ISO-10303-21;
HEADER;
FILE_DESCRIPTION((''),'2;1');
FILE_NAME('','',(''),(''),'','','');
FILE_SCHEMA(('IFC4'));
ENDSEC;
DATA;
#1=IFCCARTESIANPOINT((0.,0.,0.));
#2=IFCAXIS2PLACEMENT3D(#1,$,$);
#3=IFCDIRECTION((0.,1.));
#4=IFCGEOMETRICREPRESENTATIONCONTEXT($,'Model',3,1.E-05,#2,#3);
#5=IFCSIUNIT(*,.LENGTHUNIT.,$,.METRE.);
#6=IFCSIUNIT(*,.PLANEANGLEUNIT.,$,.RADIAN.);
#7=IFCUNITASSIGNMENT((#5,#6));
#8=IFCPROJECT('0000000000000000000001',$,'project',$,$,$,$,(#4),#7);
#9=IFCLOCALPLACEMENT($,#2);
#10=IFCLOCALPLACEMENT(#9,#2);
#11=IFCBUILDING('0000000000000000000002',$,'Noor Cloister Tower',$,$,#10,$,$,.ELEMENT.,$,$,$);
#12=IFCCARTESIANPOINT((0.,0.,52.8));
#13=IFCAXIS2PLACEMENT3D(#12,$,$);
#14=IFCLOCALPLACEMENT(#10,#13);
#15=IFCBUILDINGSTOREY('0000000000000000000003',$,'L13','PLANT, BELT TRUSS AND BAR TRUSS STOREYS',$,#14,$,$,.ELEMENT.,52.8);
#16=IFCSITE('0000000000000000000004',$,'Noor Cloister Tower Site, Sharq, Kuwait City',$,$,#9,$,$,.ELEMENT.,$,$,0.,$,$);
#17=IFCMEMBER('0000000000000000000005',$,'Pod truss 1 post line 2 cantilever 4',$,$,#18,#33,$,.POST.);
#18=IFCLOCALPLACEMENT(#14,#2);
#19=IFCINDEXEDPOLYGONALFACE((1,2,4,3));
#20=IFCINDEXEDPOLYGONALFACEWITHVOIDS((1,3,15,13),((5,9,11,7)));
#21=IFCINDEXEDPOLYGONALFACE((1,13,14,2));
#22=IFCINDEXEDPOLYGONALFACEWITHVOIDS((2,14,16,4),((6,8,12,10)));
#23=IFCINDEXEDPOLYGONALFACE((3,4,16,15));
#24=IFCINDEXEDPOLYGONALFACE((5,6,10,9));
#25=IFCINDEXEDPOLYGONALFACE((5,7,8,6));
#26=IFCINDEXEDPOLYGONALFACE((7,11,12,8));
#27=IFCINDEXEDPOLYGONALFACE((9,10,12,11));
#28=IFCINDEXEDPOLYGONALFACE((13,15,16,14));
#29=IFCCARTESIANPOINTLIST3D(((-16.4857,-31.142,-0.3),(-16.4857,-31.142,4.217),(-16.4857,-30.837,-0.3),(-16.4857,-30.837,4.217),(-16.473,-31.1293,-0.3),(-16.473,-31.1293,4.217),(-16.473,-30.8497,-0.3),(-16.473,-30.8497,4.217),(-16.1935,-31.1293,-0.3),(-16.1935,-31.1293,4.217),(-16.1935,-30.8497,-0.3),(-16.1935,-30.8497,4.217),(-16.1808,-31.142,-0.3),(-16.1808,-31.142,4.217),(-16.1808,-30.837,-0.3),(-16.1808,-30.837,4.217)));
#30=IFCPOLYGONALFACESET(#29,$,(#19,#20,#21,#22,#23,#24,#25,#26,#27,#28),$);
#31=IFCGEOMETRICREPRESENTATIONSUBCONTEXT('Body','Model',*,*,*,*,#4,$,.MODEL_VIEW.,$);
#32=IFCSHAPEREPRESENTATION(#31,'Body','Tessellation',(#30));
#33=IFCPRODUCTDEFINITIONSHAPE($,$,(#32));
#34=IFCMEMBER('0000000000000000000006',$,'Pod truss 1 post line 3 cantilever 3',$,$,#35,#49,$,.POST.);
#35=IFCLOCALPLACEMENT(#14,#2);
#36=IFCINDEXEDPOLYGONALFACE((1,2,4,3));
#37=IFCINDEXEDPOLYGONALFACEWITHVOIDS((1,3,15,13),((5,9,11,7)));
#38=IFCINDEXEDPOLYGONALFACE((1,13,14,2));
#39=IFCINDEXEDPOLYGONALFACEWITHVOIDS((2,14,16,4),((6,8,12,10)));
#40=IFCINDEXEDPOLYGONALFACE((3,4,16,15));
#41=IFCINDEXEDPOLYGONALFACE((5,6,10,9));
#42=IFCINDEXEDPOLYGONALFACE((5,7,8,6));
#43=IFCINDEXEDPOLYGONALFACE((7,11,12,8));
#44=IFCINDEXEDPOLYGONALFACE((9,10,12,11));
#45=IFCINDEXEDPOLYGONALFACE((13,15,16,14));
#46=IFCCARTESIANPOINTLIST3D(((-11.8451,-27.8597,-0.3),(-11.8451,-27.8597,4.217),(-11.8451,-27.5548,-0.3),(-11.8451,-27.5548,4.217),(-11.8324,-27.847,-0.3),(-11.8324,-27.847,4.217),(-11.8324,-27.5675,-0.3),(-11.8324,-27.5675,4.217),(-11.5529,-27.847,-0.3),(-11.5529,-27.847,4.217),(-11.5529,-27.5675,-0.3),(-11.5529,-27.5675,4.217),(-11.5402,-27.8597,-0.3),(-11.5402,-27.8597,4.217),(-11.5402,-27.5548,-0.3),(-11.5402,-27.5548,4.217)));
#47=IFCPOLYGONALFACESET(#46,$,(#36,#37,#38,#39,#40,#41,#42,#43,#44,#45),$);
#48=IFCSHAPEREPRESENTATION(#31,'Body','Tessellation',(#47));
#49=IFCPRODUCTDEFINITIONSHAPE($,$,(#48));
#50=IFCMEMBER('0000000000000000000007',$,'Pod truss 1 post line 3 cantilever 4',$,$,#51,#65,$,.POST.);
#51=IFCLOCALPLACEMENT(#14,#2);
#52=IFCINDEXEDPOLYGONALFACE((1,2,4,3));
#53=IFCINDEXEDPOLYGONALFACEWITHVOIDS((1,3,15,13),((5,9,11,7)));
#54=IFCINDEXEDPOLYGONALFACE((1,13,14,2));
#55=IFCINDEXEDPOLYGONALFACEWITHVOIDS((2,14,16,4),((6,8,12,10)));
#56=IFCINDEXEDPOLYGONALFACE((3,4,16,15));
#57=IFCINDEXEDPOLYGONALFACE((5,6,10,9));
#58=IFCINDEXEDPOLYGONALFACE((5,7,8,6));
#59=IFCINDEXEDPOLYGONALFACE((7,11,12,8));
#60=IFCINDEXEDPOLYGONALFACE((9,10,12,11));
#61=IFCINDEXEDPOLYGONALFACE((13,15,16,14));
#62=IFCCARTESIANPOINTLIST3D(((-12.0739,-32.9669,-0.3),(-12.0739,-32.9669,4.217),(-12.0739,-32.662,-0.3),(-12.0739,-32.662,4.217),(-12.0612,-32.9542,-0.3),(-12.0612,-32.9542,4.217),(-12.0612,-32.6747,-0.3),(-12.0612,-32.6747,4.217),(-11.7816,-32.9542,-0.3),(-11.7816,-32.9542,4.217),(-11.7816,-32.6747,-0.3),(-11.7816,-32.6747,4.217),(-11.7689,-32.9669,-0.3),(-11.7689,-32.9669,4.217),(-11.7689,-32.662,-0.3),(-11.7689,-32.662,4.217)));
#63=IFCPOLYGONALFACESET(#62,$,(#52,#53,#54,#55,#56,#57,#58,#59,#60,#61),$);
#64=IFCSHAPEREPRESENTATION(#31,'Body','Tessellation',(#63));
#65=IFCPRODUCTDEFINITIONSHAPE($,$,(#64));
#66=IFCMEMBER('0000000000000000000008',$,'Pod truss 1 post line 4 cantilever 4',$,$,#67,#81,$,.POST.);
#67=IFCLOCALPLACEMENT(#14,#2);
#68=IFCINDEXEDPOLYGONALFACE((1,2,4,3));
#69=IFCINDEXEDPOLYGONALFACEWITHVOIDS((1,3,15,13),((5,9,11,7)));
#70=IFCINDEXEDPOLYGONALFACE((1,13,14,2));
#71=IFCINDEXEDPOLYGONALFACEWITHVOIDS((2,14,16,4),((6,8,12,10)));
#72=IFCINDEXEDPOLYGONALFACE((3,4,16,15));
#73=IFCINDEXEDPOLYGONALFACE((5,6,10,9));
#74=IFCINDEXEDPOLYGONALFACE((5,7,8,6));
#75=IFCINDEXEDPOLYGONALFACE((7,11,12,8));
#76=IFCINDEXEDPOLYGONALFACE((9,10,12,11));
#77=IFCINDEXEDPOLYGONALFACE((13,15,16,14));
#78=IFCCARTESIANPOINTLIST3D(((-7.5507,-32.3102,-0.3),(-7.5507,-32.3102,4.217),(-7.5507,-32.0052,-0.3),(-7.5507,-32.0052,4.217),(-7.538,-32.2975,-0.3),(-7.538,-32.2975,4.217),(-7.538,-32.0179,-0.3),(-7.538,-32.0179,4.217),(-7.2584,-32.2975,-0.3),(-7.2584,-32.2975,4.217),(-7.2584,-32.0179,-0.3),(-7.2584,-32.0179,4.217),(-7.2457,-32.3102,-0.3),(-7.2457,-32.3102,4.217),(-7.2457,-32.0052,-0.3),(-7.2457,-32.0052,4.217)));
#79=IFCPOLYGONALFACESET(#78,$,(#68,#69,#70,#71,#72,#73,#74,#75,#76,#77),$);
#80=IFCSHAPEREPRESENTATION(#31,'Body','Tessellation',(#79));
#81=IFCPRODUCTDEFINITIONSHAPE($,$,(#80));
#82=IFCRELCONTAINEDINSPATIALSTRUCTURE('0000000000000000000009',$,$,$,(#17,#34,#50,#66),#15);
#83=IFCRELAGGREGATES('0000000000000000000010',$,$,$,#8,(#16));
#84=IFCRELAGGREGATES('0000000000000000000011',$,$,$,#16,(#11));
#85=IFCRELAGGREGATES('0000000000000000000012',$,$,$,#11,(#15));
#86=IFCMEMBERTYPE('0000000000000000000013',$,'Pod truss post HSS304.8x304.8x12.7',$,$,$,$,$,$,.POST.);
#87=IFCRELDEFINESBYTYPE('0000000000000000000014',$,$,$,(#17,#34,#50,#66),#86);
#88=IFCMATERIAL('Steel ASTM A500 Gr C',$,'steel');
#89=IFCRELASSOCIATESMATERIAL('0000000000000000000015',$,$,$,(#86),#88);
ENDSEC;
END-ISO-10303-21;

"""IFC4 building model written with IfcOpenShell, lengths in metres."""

from ifc_helpers import new_model, si_unit, direction, frame, origin, origin_2d, place, context, subcontext, project, spatial, hollow_rectangle, extrude, material, material_profile, profile_set, type_object, element, save


model = new_model("IFC4")

# Units and contexts
model_context = context("Model", 3, precision=1e-05, world=origin(), true_north=direction((0.0, 1.0)))
body_context = subcontext(model_context, "Body", "Model", "MODEL_VIEW")
ifc_project = project(units=[si_unit("LENGTHUNIT", "METRE"), si_unit("PLANEANGLEUNIT", "RADIAN")], contexts=[model_context])

# Site, building, storey
site_placement = place(None, origin())
site = spatial("IfcSite", under=ifc_project, at=site_placement, Name="Noor Cloister Tower Site, Sharq, Kuwait City", CompositionType="ELEMENT", RefElevation=0.0)
building_placement = place(site_placement, origin())
building = spatial("IfcBuilding", under=site, at=building_placement, Name="Noor Cloister Tower", CompositionType="ELEMENT")
storey_placement = place(building_placement, frame((0.0, 0.0, 52.8)))
storey = spatial("IfcBuildingStorey", under=building, at=storey_placement, Name="L13", Description="PLANT, BELT TRUSS AND BAR TRUSS STOREYS", CompositionType="ELEMENT", Elevation=52.8)

# Members
ifc_material_1 = material(Name="Steel ASTM A500 Gr C", Category="steel")
ifc_material_profile_1 = material_profile(ifc_material_1, hollow_rectangle(XDim=0.3049, YDim=0.3049, WallThickness=0.0127, at=origin_2d()), Name="HSS304.8x304.8x12.7")
ifc_profile_set_1 = profile_set([ifc_material_profile_1], Name="Steel ASTM A500 Gr C")
member_type_1 = type_object("IfcMemberType", Name="Pod truss post HSS304.8x304.8x12.7", PredefinedType="POST", material=ifc_profile_set_1)
for number, where, z_axis, x_axis, name in (
    (1, (-16.3333, -30.9895, -0.3), (0.0, 0.0, 1.0), (1.0, 0.0, 0.0), "Pod truss 1 post line 2 cantilever 4"),
    (2, (-11.6926, -27.7073, -0.3), (0.0, 0.0, 1.0), (1.0, 0.0, 0.0), "Pod truss 1 post line 3 cantilever 3"),
    (3, (-11.9214, -32.8145, -0.3), (0.0, 0.0, 1.0), (1.0, 0.0, 0.0), "Pod truss 1 post line 3 cantilever 4"),
    (4, (-7.3982, -32.1577, -0.3), (0.0, 0.0, 1.0), (1.0, 0.0, 0.0), "Pod truss 1 post line 4 cantilever 4"),
):
    element("IfcMember", number, at=place(storey_placement, frame(where, z_axis=z_axis, x_axis=x_axis)), inside=storey, type_object=member_type_1, Name=name, PredefinedType="POST", context=body_context, shape_type="SweptSolid", body=[
        extrude(hollow_rectangle(XDim=0.3049, YDim=0.3049, WallThickness=0.0127, at=origin_2d()), origin(), (0.0, 0.0, 1.0), 4.5171),
    ])

save(model, "model.ifc")
